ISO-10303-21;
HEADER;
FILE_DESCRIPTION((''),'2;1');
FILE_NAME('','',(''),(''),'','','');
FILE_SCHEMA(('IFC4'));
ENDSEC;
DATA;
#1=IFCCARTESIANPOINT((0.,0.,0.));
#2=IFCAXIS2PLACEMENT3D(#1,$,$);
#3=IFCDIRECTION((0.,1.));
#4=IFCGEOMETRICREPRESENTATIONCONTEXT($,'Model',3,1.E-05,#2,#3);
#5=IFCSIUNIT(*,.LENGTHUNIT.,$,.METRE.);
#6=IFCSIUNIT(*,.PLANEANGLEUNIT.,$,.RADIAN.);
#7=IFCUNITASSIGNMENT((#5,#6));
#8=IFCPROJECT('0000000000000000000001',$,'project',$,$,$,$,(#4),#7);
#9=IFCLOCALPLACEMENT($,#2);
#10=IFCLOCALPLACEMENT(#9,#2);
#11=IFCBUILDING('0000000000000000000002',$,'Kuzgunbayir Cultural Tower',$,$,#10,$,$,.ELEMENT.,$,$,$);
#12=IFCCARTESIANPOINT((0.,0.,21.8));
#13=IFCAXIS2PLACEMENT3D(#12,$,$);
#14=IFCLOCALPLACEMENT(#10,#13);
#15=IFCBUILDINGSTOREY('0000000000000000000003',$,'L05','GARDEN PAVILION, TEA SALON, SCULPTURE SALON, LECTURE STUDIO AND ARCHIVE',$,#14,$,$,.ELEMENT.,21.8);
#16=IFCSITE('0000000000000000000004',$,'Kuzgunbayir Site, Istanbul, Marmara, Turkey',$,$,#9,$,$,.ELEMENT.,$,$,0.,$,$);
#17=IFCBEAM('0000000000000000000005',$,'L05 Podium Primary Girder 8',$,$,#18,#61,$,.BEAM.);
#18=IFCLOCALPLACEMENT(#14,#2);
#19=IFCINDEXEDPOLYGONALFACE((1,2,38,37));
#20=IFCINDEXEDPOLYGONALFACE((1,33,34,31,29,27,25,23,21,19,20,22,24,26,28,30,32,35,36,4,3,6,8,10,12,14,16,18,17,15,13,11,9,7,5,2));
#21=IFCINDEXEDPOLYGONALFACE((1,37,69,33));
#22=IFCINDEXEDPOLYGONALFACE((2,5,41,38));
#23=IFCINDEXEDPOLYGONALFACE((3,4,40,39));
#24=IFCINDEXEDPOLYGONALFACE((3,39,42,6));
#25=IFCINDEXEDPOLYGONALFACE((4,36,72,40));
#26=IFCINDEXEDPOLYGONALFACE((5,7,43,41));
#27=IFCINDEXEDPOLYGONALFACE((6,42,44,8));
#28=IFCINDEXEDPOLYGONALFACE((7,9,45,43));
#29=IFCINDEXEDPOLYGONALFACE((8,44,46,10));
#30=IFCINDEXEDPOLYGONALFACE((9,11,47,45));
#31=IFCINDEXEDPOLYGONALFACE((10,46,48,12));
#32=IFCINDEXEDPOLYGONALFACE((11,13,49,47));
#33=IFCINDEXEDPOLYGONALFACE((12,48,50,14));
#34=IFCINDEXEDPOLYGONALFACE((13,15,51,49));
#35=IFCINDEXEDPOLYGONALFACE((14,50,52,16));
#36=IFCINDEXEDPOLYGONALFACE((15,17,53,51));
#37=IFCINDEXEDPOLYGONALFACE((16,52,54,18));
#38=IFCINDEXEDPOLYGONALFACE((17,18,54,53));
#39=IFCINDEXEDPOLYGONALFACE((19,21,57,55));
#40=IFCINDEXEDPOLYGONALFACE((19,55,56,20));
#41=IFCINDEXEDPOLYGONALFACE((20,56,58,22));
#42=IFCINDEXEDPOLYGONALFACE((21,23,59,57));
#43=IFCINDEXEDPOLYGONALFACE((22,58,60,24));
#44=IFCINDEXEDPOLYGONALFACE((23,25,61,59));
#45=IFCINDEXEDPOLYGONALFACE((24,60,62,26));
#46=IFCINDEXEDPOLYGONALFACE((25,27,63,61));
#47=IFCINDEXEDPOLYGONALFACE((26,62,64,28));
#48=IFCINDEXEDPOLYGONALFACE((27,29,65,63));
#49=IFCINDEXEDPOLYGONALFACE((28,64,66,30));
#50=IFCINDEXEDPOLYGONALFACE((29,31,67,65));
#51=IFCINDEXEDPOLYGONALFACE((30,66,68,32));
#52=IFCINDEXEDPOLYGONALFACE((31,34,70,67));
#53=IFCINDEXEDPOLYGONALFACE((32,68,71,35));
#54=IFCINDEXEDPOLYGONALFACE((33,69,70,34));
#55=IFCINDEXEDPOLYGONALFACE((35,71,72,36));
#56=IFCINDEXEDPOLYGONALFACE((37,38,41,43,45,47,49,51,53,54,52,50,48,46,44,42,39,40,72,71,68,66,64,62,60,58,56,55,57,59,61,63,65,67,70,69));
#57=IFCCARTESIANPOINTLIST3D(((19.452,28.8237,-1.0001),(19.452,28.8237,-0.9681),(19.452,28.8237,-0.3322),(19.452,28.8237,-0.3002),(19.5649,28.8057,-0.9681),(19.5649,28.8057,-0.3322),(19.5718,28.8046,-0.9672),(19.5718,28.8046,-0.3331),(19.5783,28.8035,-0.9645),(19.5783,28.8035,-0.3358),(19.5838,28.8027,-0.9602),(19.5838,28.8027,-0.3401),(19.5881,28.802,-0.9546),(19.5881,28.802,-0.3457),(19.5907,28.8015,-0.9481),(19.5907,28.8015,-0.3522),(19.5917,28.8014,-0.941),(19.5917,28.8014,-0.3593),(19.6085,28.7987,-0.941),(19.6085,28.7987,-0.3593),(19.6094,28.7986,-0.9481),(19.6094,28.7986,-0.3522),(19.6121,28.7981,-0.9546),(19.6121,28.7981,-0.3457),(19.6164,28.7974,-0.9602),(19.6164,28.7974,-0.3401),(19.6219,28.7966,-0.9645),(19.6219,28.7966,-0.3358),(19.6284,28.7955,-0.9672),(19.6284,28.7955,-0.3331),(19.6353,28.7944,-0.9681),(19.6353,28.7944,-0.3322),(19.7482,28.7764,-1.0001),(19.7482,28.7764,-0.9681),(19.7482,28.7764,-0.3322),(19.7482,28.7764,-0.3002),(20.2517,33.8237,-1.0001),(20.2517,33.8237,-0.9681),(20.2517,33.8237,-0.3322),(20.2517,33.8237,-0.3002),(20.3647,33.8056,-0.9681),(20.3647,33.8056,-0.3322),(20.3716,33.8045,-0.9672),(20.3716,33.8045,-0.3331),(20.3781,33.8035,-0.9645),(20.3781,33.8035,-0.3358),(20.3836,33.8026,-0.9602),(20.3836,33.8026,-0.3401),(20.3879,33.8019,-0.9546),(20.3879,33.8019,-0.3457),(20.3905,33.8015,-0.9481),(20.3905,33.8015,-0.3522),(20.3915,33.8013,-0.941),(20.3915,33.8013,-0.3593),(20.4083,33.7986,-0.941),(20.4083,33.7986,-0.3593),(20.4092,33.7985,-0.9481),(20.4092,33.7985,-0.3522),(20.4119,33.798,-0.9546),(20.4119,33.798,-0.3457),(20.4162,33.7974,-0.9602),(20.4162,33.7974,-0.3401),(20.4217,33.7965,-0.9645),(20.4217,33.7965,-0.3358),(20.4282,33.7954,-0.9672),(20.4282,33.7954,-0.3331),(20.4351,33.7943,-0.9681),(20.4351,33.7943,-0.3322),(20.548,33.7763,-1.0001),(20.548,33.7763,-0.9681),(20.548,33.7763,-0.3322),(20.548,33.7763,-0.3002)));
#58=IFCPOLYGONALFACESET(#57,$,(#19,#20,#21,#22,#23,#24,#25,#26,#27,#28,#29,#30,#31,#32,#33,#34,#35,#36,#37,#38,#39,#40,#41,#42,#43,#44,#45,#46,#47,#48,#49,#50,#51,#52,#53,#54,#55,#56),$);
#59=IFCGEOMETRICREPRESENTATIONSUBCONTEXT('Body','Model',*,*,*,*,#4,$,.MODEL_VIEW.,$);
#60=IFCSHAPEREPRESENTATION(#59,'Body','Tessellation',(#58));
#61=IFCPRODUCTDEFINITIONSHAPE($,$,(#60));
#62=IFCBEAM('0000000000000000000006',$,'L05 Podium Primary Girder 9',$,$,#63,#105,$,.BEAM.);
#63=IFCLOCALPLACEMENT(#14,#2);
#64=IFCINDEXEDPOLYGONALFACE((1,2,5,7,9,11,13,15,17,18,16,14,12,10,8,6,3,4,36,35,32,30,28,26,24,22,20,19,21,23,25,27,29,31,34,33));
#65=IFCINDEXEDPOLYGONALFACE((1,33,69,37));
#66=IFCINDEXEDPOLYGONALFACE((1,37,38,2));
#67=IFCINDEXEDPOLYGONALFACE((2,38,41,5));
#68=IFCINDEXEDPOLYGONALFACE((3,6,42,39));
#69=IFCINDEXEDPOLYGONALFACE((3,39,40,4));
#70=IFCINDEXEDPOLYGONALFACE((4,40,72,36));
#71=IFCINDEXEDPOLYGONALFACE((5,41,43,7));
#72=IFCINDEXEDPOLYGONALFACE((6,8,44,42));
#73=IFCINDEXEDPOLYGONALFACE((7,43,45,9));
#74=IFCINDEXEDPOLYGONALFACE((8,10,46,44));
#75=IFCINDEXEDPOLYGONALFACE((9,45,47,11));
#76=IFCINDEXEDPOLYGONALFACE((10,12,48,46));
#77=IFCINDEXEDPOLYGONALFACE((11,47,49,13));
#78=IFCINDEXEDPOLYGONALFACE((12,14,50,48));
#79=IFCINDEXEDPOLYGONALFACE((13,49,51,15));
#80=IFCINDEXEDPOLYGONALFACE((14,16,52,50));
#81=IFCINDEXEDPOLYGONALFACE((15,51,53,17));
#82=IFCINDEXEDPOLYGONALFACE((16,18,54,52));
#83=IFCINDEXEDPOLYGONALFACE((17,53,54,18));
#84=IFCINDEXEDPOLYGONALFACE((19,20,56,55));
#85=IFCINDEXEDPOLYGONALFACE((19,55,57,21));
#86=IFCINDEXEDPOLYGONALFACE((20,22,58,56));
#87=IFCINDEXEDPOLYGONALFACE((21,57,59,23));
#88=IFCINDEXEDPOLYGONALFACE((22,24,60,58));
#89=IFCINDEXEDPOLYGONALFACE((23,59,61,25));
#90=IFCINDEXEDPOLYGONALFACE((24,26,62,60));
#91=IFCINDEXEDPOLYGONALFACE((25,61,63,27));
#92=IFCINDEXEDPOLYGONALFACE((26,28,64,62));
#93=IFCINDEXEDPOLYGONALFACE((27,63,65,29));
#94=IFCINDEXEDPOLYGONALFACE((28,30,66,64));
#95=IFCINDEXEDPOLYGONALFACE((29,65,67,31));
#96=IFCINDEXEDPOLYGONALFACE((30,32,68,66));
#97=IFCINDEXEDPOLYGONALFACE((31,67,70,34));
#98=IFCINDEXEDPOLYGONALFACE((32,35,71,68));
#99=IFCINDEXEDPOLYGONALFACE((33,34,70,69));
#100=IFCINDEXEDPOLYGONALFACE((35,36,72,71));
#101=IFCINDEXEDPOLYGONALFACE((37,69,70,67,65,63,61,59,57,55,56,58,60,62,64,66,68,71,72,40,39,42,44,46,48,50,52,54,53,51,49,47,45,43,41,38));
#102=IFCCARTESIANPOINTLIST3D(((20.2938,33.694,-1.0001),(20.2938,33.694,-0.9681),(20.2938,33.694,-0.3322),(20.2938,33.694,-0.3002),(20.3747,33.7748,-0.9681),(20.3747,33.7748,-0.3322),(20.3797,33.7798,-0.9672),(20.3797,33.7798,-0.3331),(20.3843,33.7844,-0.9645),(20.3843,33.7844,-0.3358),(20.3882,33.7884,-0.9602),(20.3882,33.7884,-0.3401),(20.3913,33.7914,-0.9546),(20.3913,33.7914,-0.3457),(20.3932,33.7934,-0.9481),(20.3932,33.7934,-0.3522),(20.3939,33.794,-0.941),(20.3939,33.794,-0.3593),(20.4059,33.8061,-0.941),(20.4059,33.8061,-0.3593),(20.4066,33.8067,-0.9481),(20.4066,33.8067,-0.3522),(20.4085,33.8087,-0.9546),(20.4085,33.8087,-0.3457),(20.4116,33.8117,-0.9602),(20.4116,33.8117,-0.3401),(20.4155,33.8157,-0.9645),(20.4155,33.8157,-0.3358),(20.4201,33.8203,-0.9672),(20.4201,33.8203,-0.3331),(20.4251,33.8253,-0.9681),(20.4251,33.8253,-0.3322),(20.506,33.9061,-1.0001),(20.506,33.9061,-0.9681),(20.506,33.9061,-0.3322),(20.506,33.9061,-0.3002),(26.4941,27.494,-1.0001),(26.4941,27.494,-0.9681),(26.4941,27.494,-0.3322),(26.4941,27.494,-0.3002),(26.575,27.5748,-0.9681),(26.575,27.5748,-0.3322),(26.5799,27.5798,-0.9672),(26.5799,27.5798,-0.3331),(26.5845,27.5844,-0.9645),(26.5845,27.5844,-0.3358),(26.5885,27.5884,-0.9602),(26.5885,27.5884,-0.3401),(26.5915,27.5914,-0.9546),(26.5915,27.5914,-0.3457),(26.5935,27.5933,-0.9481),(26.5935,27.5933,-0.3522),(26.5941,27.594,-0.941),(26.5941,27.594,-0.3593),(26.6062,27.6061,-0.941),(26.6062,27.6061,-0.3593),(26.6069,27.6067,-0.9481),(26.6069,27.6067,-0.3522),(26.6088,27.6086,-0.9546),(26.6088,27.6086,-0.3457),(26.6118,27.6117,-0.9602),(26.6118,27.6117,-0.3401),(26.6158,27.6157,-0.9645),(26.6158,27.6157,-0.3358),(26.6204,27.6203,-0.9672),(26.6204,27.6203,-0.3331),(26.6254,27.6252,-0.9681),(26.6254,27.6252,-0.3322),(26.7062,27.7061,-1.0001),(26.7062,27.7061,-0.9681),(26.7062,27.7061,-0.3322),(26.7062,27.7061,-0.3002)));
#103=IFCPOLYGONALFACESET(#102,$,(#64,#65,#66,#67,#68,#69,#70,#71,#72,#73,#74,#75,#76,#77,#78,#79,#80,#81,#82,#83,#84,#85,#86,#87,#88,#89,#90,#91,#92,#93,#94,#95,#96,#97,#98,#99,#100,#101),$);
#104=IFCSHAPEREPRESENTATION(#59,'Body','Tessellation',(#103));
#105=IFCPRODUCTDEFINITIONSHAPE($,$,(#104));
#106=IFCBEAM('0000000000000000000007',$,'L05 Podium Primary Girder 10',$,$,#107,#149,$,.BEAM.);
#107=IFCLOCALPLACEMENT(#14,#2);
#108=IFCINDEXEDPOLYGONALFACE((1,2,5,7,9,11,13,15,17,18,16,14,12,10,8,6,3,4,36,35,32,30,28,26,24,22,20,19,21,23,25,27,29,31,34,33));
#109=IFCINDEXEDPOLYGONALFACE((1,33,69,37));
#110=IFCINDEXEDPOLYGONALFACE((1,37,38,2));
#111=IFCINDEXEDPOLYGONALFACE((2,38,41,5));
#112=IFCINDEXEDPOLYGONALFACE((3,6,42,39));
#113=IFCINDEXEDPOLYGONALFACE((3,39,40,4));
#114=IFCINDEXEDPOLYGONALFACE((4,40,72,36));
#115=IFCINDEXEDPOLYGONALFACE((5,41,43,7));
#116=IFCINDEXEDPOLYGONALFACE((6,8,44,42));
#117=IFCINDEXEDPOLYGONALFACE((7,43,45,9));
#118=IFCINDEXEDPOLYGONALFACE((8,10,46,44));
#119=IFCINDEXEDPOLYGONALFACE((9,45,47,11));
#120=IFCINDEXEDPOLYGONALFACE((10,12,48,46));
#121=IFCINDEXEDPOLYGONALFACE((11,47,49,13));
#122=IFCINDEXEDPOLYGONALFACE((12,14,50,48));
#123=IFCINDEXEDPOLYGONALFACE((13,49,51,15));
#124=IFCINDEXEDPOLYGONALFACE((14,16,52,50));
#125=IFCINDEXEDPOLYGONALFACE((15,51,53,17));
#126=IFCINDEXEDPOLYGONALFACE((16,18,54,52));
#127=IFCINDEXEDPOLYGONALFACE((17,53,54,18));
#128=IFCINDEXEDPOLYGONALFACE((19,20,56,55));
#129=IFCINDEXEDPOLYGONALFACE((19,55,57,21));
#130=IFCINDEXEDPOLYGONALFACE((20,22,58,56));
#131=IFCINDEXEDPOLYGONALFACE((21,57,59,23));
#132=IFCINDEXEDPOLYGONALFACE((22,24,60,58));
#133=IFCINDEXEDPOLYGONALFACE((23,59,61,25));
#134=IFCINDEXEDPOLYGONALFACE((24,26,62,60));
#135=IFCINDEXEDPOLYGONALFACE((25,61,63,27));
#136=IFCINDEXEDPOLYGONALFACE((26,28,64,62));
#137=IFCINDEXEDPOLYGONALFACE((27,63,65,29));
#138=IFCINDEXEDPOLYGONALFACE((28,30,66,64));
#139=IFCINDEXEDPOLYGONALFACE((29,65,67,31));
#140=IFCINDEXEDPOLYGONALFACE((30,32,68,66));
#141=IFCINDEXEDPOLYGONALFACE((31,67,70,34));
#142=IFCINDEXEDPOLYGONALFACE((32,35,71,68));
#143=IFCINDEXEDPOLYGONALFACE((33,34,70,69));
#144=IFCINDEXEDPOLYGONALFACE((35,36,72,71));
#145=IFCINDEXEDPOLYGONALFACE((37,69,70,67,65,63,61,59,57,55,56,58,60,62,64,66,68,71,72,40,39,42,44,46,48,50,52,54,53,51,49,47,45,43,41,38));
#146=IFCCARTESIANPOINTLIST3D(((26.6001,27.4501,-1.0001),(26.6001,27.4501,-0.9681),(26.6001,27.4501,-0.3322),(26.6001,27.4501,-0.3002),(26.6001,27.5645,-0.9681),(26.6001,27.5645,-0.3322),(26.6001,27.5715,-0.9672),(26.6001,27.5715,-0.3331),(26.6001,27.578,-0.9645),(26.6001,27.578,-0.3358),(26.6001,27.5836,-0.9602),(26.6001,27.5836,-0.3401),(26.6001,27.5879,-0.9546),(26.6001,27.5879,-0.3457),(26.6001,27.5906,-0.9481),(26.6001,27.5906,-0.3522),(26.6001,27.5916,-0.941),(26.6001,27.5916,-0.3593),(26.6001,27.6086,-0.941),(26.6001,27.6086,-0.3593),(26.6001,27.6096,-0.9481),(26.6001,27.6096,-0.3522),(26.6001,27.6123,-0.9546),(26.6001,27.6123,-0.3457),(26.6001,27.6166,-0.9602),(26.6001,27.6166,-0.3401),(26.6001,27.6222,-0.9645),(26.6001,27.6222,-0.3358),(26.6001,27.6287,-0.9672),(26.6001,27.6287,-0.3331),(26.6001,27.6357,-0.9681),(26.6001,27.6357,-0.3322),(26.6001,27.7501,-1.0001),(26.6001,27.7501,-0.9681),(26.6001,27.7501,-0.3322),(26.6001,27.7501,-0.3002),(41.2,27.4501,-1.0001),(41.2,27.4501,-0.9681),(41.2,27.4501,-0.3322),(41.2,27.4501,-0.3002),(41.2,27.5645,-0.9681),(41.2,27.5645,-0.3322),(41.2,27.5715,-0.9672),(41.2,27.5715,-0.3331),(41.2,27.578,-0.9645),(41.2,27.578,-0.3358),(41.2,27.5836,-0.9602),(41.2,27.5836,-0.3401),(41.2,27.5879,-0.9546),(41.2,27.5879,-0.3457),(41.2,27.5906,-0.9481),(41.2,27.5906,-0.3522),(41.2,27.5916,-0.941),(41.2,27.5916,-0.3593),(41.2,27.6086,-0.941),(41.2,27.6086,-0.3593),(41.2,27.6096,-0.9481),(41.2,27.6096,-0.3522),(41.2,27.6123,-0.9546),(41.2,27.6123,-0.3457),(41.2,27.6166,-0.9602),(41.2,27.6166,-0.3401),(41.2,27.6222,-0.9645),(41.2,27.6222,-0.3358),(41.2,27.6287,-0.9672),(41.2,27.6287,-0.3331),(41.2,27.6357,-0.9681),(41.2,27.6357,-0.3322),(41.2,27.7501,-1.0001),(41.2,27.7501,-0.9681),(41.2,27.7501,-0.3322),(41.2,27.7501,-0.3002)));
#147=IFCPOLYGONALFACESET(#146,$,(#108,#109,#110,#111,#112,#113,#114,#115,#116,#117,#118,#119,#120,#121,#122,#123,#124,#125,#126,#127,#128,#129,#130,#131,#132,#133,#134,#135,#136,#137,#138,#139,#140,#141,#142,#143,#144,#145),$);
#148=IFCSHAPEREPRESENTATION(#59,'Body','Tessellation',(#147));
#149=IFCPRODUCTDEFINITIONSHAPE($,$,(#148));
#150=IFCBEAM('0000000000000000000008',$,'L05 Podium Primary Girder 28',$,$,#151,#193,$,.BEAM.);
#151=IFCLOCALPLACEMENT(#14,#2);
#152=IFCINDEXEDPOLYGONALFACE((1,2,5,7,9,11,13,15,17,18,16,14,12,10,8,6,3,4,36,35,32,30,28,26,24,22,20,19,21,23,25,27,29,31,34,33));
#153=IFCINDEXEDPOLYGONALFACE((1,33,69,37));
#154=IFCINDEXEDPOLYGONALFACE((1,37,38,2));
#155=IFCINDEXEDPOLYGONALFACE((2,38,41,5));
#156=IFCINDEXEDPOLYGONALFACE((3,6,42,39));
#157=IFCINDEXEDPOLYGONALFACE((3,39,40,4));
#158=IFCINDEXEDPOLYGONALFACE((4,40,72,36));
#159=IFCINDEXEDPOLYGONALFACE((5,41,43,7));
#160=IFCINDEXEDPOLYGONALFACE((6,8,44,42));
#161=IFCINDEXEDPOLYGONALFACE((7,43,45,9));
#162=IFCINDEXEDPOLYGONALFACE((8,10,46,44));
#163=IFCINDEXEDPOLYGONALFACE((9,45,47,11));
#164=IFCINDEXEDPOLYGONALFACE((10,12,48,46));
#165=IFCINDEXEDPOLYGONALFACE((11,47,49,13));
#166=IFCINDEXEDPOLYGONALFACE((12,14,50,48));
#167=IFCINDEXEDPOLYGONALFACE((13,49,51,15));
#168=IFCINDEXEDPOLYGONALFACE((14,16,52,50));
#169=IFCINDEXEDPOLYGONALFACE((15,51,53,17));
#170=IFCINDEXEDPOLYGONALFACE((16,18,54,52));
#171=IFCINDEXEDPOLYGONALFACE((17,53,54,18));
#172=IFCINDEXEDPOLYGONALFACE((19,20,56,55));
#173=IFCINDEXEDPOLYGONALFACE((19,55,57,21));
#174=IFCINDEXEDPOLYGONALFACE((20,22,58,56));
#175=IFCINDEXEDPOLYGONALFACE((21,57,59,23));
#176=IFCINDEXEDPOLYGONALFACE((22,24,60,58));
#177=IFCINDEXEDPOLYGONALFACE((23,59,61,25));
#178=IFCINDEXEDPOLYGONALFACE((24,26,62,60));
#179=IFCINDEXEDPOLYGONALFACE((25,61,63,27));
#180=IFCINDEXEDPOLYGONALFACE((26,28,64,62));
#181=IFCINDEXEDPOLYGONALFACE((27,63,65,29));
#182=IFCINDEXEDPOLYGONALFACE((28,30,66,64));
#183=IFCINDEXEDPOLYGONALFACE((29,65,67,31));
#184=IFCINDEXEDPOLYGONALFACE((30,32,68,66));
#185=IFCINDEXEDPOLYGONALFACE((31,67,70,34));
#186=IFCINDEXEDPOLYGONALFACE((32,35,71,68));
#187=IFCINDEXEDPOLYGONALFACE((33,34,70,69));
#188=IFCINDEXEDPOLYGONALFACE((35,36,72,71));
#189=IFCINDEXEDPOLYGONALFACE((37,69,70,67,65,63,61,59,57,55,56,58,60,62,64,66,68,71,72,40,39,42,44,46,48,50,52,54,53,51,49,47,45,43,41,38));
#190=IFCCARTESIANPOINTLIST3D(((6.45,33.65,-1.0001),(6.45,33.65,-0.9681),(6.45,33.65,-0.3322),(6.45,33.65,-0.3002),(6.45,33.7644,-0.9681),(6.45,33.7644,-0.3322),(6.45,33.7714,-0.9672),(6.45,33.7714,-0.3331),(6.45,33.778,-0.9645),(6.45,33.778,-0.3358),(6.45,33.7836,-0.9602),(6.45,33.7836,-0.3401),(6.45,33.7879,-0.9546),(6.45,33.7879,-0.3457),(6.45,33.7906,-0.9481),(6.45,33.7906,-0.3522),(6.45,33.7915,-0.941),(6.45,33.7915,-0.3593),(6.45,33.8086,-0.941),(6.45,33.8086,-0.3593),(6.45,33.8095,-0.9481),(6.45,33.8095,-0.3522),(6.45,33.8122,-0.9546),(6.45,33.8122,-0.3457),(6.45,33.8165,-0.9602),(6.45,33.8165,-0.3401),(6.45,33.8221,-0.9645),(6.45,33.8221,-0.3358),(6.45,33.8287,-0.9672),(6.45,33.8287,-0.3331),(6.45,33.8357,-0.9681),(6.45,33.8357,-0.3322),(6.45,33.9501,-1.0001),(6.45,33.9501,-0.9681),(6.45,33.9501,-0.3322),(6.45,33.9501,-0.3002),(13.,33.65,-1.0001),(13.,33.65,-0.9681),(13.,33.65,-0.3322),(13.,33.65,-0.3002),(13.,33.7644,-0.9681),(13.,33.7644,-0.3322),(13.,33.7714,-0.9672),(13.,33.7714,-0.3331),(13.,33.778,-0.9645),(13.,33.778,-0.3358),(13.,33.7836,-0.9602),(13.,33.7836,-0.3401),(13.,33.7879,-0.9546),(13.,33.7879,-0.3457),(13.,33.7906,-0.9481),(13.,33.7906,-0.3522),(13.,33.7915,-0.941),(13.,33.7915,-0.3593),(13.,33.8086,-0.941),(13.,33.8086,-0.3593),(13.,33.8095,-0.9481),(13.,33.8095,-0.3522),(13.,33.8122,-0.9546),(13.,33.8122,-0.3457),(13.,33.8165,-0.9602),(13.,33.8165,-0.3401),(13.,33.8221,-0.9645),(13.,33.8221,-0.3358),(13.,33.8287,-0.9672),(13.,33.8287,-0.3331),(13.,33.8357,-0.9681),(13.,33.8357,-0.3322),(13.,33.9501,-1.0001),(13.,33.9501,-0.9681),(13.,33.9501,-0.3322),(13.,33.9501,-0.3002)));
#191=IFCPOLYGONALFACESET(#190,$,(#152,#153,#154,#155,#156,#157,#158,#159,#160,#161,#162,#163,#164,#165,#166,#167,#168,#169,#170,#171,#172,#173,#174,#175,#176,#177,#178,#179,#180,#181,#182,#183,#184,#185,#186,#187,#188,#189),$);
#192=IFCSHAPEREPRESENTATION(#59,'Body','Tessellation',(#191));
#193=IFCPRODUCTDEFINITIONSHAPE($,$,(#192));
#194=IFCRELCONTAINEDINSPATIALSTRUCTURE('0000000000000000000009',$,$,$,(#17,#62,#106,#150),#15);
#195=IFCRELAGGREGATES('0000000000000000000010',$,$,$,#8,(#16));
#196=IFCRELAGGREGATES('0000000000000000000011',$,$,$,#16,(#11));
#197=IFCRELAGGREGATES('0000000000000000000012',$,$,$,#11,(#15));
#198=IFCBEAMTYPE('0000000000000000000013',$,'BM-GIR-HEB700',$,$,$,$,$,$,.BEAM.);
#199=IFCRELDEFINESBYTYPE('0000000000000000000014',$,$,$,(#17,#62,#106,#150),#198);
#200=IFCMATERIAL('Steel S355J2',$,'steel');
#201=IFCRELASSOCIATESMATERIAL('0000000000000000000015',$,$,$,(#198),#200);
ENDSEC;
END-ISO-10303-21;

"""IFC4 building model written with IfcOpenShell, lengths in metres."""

from ifc_helpers import new_model, si_unit, direction, frame, origin, origin_2d, place, context, subcontext, project, spatial, i_section, extrude, material, material_profile, profile_set, type_object, element, save


model = new_model("IFC4")

# Units and contexts
model_context = context("Model", 3, precision=1e-05, world=origin(), true_north=direction((0.0, 1.0)))
body_context = subcontext(model_context, "Body", "Model", "MODEL_VIEW")
ifc_project = project(units=[si_unit("LENGTHUNIT", "METRE"), si_unit("PLANEANGLEUNIT", "RADIAN")], contexts=[model_context])

# Site, building, storey
site_placement = place(None, origin())
site = spatial("IfcSite", under=ifc_project, at=site_placement, Name="Kuzgunbayir Site, Istanbul, Marmara, Turkey", CompositionType="ELEMENT", RefElevation=0.0)
building_placement = place(site_placement, origin())
building = spatial("IfcBuilding", under=site, at=building_placement, Name="Kuzgunbayir Cultural Tower", CompositionType="ELEMENT")
storey_placement = place(building_placement, frame((0.0, 0.0, 21.8)))
storey = spatial("IfcBuildingStorey", under=building, at=storey_placement, Name="L05", Description="GARDEN PAVILION, TEA SALON, SCULPTURE SALON, LECTURE STUDIO AND ARCHIVE", CompositionType="ELEMENT", Elevation=21.8)

# Beams
ifc_material_1 = material(Name="Steel S355J2", Category="steel")
ifc_material_profile_1 = material_profile(ifc_material_1, i_section(OverallWidth=0.3, OverallDepth=0.7, WebThickness=0.0171, FlangeThickness=0.032, FilletRadius=0.0271, at=origin_2d()), Name="HEB 700")
ifc_profile_set_1 = profile_set([ifc_material_profile_1], Name="Steel S355J2")
beam_type = type_object("IfcBeamType", Name="BM-GIR-HEB700", PredefinedType="BEAM", material=ifc_profile_set_1)
beam_1_placement = place(storey_placement, frame((19.6001, 28.8, -0.6501), z_axis=(0.157953, 0.987447, 0.0), x_axis=(-0.987447, 0.157953, 0.0)))
element("IfcBeam", 1, at=beam_1_placement, inside=storey, type_object=beam_type, Name="L05 Podium Primary Girder 8", PredefinedType="BEAM", context=body_context, shape_type="SweptSolid", body=[
    extrude(i_section(OverallWidth=0.3, OverallDepth=0.7, WebThickness=0.0171, FlangeThickness=0.032, FilletRadius=0.0271, at=origin_2d()), origin(), (0.0, 0.0, 1.0), 5.0635),
])
beam_2_placement = place(storey_placement, frame((20.3999, 33.8, -0.6501), z_axis=(0.707121, -0.707093, 0.0), x_axis=(0.707093, 0.707121, 0.0)))
element("IfcBeam", 2, at=beam_2_placement, inside=storey, type_object=beam_type, Name="L05 Podium Primary Girder 9", PredefinedType="BEAM", context=body_context, shape_type="SweptSolid", body=[
    extrude(i_section(OverallWidth=0.3, OverallDepth=0.7, WebThickness=0.0171, FlangeThickness=0.032, FilletRadius=0.0271, at=origin_2d()), origin(), (0.0, 0.0, 1.0), 8.7683),
])
beam_3_placement = place(storey_placement, frame((26.6001, 27.6001, -0.6501), z_axis=(1.0, 0.0, 0.0), x_axis=(0.0, 1.0, 0.0)))
element("IfcBeam", 3, at=beam_3_placement, inside=storey, type_object=beam_type, Name="L05 Podium Primary Girder 10", PredefinedType="BEAM", context=body_context, shape_type="SweptSolid", body=[
    extrude(i_section(OverallWidth=0.3, OverallDepth=0.7, WebThickness=0.0171, FlangeThickness=0.032, FilletRadius=0.0271, at=origin_2d()), origin(), (0.0, 0.0, 1.0), 14.5999),
])
beam_4_placement = place(storey_placement, frame((6.45, 33.8, -0.6501), z_axis=(1.0, 0.0, 0.0), x_axis=(0.0, 1.0, 0.0)))
element("IfcBeam", 4, at=beam_4_placement, inside=storey, type_object=beam_type, Name="L05 Podium Primary Girder 28", PredefinedType="BEAM", context=body_context, shape_type="SweptSolid", body=[
    extrude(i_section(OverallWidth=0.3, OverallDepth=0.7, WebThickness=0.0171, FlangeThickness=0.032, FilletRadius=0.0271, at=origin_2d()), origin(), (0.0, 0.0, 1.0), 6.55),
])

save(model, "model.ifc")
